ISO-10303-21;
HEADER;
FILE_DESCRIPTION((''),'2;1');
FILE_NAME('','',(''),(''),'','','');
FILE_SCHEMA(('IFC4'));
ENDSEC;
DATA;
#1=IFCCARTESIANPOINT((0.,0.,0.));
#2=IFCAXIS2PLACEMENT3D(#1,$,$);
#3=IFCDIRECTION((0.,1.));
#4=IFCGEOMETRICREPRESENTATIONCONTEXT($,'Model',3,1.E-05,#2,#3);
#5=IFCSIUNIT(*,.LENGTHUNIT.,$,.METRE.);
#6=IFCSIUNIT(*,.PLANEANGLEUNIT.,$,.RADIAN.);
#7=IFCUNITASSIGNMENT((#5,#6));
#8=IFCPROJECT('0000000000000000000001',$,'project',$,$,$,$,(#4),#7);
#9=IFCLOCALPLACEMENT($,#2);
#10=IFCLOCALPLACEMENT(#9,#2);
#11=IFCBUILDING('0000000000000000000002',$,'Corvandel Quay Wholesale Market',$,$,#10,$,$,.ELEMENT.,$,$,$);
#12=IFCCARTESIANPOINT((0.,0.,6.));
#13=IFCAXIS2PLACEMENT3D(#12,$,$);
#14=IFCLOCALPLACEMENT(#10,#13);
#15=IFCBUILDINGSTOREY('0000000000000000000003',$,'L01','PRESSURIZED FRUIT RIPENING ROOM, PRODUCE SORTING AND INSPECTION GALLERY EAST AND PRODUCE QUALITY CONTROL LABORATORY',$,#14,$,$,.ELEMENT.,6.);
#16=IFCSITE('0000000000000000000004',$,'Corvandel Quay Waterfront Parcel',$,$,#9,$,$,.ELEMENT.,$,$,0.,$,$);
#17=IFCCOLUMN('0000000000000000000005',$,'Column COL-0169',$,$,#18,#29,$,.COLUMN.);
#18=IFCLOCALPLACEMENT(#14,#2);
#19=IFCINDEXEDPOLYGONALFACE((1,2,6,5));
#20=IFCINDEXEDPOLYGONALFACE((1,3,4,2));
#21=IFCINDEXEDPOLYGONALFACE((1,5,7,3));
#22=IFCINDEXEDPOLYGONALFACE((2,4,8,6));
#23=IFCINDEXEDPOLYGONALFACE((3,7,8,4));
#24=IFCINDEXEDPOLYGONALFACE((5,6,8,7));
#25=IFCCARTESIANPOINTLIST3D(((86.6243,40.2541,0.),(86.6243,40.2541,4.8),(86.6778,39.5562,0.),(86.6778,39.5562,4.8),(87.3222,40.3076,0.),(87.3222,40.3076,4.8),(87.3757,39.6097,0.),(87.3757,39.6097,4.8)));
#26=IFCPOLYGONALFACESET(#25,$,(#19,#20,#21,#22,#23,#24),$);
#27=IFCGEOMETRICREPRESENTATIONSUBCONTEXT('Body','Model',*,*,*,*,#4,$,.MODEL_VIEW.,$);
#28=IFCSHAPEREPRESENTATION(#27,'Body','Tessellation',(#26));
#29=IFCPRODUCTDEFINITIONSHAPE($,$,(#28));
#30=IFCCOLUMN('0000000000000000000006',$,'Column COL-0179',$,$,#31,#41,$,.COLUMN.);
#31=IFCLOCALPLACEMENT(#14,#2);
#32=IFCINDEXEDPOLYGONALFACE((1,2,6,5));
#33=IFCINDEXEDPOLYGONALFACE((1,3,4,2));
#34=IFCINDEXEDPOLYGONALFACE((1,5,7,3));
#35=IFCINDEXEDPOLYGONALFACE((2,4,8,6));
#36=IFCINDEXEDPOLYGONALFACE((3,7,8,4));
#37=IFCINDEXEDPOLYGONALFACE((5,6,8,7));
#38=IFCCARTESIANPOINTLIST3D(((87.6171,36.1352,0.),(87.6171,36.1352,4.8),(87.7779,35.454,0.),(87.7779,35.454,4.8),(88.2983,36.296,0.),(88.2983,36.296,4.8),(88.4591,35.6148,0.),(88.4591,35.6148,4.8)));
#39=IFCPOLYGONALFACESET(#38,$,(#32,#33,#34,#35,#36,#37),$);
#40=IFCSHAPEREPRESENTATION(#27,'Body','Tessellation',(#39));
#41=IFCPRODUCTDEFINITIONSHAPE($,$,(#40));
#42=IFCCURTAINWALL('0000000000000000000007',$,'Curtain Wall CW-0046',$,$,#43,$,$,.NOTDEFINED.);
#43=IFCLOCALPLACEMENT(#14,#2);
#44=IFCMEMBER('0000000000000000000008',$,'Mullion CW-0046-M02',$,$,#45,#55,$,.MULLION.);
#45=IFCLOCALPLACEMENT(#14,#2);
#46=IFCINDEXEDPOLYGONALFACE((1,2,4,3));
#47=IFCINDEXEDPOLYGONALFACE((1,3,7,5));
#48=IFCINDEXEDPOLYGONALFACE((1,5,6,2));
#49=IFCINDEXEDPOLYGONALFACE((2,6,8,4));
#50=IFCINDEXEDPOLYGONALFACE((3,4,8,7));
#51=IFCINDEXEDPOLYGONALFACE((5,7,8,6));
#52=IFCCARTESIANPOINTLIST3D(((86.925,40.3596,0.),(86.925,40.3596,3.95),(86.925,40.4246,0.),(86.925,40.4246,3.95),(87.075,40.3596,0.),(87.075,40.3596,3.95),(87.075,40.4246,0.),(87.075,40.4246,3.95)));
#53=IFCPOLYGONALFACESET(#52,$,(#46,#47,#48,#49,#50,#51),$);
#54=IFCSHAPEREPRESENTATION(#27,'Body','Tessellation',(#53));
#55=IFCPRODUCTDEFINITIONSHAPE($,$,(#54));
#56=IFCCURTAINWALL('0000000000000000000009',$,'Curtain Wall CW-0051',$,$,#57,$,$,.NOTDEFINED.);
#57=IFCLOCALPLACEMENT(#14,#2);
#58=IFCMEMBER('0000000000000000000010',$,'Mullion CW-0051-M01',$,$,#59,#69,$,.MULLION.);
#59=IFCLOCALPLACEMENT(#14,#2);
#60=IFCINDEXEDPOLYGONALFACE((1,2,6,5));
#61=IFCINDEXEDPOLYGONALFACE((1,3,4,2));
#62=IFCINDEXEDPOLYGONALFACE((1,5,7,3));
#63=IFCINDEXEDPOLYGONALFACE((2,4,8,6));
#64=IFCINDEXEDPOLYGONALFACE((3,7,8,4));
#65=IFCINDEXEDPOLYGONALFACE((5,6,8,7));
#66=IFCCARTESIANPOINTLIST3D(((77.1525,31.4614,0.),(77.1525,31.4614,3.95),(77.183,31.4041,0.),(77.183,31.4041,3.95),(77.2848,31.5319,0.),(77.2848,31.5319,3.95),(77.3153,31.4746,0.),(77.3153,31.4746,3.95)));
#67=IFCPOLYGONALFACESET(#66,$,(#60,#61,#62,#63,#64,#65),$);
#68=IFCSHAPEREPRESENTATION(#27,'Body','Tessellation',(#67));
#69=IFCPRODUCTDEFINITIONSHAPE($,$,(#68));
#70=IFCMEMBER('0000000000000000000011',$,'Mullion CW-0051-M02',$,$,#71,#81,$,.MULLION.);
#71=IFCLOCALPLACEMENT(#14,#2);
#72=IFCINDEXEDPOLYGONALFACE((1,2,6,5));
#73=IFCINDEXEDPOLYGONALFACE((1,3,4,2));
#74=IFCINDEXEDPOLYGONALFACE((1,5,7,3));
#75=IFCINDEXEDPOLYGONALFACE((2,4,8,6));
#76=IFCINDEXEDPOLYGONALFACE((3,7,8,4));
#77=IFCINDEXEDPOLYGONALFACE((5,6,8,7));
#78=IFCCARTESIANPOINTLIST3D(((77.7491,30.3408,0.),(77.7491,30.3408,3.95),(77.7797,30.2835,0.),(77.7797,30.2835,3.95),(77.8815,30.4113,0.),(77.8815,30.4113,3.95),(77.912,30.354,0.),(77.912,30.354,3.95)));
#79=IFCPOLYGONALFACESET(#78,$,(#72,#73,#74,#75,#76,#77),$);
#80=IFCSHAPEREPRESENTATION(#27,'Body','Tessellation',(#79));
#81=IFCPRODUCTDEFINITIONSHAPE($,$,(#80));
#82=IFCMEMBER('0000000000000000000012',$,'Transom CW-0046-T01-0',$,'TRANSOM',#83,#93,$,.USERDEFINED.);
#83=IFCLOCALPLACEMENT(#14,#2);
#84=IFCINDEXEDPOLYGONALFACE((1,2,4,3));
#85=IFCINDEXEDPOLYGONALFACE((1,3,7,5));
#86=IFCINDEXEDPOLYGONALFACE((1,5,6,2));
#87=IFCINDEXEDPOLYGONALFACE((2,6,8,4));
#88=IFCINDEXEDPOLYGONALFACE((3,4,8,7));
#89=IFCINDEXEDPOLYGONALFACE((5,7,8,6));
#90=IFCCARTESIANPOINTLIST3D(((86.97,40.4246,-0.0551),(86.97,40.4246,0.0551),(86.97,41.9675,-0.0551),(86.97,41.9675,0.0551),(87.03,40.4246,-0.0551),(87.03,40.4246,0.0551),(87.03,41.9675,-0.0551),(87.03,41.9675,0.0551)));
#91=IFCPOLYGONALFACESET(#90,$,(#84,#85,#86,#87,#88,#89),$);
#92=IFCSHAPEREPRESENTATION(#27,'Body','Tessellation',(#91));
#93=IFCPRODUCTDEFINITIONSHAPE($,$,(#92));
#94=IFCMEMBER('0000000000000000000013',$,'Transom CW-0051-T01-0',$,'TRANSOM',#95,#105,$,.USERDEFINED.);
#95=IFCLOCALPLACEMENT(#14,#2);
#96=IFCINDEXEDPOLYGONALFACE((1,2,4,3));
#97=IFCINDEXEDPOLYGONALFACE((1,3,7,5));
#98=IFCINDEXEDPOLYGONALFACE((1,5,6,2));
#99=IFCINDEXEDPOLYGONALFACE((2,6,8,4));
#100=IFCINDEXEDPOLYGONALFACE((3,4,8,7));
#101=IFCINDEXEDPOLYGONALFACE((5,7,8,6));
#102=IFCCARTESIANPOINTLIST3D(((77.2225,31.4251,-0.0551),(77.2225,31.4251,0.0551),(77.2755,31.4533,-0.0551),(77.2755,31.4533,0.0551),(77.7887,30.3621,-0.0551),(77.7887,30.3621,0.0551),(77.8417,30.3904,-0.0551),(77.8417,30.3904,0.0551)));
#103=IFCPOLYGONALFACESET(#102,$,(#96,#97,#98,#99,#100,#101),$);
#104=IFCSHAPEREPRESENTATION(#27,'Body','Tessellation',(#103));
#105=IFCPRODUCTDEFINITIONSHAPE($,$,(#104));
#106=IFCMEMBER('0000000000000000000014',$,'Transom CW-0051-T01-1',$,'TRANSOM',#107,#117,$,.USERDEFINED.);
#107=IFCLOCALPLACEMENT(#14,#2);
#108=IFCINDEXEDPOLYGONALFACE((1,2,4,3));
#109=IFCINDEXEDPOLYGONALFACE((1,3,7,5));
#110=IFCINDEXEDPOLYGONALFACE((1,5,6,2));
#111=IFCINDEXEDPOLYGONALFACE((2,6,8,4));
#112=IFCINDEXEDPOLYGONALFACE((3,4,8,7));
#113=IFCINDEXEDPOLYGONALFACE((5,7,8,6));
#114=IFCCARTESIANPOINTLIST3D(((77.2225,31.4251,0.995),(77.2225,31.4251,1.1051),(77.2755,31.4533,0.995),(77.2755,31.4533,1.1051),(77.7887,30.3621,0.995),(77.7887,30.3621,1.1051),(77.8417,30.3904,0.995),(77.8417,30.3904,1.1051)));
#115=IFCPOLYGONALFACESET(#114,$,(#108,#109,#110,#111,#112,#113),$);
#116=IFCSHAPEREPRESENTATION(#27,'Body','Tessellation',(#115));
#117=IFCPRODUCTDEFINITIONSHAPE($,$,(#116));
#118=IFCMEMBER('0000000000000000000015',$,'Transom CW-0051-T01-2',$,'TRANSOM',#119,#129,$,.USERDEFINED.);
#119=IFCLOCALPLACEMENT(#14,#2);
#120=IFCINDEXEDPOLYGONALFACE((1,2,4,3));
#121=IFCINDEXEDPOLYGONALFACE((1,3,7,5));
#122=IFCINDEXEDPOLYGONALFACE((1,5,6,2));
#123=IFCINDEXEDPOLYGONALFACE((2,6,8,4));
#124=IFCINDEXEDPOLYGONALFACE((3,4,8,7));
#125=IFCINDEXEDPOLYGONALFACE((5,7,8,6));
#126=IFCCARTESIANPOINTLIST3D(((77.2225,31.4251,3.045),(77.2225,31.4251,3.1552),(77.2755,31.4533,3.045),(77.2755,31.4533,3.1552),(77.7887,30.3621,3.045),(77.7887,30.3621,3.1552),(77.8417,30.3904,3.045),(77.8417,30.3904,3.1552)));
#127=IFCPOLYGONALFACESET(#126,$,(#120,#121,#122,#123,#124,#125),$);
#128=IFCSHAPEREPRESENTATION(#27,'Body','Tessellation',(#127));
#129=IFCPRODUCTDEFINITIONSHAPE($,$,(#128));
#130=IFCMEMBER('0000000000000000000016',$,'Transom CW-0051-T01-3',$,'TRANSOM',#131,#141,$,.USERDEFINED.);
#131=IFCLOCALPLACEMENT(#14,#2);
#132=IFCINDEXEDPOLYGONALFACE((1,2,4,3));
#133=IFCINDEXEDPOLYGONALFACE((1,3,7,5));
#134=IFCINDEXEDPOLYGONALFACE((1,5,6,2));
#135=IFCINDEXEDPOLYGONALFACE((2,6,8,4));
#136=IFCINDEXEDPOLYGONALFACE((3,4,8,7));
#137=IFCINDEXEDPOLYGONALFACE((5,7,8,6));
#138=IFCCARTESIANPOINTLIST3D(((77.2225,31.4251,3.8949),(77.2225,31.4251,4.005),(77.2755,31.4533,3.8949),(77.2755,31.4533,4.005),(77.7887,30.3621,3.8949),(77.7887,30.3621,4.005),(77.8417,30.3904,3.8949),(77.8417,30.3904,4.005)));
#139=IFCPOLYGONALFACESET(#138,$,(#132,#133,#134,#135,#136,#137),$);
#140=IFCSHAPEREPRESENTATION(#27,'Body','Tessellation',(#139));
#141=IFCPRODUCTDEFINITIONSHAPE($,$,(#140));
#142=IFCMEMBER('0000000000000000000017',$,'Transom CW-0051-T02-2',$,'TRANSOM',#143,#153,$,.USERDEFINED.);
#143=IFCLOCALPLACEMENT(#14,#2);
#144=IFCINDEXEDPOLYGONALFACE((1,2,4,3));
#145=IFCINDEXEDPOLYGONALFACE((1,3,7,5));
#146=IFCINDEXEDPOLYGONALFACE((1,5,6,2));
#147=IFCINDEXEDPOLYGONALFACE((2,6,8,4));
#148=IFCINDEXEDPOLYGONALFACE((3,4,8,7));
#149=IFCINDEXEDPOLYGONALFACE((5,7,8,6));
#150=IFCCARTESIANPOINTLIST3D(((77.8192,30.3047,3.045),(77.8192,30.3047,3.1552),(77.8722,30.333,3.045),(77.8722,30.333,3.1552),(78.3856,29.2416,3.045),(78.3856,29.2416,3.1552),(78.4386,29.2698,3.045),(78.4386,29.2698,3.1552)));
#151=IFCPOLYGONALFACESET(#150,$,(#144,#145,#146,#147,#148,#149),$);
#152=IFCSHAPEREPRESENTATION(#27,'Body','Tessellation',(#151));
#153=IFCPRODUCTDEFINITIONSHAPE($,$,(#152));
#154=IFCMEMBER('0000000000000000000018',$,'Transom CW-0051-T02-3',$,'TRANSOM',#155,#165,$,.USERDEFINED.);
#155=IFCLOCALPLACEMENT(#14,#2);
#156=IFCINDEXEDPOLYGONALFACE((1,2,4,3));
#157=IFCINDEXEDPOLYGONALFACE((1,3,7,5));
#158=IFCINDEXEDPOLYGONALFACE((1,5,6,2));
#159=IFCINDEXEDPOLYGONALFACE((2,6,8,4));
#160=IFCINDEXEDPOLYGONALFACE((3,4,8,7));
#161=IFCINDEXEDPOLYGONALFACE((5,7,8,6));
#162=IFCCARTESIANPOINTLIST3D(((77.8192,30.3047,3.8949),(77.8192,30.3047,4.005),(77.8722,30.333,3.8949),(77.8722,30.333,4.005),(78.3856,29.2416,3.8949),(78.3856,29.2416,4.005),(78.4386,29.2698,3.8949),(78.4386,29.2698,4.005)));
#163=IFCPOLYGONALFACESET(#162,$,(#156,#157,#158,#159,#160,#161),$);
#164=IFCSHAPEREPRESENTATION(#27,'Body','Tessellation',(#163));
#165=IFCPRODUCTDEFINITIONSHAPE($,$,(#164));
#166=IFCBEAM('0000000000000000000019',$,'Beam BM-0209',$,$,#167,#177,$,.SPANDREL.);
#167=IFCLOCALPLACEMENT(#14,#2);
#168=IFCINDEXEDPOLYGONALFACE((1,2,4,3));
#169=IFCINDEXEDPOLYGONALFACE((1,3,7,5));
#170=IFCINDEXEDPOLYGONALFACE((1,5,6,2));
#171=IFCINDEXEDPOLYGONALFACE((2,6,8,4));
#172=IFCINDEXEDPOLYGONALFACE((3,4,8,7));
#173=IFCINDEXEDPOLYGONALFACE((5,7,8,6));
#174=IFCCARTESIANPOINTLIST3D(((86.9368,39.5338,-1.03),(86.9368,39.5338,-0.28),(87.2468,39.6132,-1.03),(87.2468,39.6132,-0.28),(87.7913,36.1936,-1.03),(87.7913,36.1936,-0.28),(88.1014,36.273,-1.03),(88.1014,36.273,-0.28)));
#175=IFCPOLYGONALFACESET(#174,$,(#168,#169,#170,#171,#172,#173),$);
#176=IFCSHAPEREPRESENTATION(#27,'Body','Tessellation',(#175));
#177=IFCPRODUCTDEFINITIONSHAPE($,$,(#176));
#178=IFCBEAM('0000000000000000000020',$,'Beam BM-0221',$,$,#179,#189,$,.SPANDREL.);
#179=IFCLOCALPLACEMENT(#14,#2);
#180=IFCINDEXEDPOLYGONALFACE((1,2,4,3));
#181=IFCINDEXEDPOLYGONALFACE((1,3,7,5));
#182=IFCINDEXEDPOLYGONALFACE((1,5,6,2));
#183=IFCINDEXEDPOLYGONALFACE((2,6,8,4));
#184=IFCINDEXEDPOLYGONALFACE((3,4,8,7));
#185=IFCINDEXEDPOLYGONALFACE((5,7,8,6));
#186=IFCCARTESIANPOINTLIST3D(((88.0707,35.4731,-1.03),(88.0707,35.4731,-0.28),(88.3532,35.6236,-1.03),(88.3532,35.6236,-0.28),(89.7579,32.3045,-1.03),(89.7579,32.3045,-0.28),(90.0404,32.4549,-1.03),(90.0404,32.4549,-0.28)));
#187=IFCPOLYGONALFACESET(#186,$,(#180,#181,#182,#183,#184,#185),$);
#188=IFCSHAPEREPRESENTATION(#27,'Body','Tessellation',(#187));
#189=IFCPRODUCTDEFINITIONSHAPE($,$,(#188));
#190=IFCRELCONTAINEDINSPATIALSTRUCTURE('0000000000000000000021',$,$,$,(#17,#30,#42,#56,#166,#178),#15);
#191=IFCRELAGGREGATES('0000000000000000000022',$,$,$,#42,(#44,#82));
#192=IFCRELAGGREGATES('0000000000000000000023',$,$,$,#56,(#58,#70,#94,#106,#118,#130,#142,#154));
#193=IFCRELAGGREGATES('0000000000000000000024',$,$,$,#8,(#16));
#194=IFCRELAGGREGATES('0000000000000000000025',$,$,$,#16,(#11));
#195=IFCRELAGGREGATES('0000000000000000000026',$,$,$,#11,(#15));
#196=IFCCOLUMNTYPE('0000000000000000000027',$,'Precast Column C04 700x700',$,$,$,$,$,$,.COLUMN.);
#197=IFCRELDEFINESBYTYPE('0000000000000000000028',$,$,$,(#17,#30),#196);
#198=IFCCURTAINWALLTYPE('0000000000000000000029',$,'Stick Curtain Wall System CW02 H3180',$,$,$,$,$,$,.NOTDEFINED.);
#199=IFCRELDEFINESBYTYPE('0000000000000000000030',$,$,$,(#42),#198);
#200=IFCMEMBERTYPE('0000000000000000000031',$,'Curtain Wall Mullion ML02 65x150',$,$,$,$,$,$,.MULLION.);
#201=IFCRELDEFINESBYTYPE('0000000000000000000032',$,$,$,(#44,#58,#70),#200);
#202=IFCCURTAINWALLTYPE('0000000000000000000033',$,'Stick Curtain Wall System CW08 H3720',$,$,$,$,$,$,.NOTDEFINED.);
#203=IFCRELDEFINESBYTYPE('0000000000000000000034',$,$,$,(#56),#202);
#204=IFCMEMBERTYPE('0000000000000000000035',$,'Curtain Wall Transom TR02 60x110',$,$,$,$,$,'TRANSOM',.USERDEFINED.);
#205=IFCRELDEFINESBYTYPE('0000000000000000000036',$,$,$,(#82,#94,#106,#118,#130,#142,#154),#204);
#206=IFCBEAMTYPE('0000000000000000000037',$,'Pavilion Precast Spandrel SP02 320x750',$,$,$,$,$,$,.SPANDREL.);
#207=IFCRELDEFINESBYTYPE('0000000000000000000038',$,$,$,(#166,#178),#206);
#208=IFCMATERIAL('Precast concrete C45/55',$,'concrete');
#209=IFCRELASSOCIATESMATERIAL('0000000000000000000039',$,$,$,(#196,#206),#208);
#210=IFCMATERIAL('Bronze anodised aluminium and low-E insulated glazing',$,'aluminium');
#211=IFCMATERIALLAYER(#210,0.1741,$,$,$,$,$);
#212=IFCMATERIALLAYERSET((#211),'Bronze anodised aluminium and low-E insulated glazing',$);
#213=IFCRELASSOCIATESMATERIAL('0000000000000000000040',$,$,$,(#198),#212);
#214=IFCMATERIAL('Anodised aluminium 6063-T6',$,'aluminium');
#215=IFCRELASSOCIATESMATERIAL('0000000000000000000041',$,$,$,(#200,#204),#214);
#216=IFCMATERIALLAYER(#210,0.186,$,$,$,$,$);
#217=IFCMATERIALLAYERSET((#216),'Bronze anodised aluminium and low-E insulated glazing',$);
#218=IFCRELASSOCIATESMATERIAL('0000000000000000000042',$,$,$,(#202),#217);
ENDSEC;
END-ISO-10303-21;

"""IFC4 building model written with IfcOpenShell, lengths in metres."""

from ifc_helpers import new_model, si_unit, direction, frame, origin, origin_2d, place, context, subcontext, project, spatial, rectangle, extrude, material, layer, layer_set, material_profile, profile_set, type_object, element, aggregate, save


model = new_model("IFC4")

# Units and contexts
model_context = context("Model", 3, precision=1e-05, world=origin(), true_north=direction((0.0, 1.0)))
body_context = subcontext(model_context, "Body", "Model", "MODEL_VIEW")
ifc_project = project(units=[si_unit("LENGTHUNIT", "METRE"), si_unit("PLANEANGLEUNIT", "RADIAN")], contexts=[model_context])

# Site, building, storey
site_placement = place(None, origin())
site = spatial("IfcSite", under=ifc_project, at=site_placement, Name="Corvandel Quay Waterfront Parcel", CompositionType="ELEMENT", RefElevation=0.0)
building_placement = place(site_placement, origin())
building = spatial("IfcBuilding", under=site, at=building_placement, Name="Corvandel Quay Wholesale Market", CompositionType="ELEMENT")
storey_placement = place(building_placement, frame((0.0, 0.0, 6.0)))
storey = spatial("IfcBuildingStorey", under=building, at=storey_placement, Name="L01", Description="PRESSURIZED FRUIT RIPENING ROOM, PRODUCE SORTING AND INSPECTION GALLERY EAST AND PRODUCE QUALITY CONTROL LABORATORY", CompositionType="ELEMENT", Elevation=6.0)

# Columns
ifc_material_1 = material(Name="Precast concrete C45/55", Category="concrete")
ifc_material_profile_1 = material_profile(ifc_material_1, rectangle(XDim=0.7, YDim=0.7, at=origin_2d()), Name="PC-COL-700x700")
ifc_profile_set_1 = profile_set([ifc_material_profile_1], Name="Precast concrete C45/55")
column_type = type_object("IfcColumnType", Name="Precast Column C04 700x700", PredefinedType="COLUMN", material=ifc_profile_set_1)
for number, where, z_axis, x_axis, name in (
    (1, (87.0, 39.9319, 0.0), (0.0, 0.0, 1.0), (-0.076371, 0.997079, 0.0), "Column COL-0169"),
    (2, (88.0381, 35.875, 0.0), (0.0, 0.0, 1.0), (-0.22971, 0.973259, 0.0), "Column COL-0179"),
):
    element("IfcColumn", number, at=place(storey_placement, frame(where, z_axis=z_axis, x_axis=x_axis)), inside=storey, type_object=column_type, Name=name, PredefinedType="COLUMN", context=body_context, shape_type="SweptSolid", body=[
        extrude(rectangle(XDim=0.7, YDim=0.7, at=origin_2d()), origin(), (0.0, 0.0, 1.0), 4.8),
    ])

# Curtain wall, member
ifc_material_2 = material(Name="Bronze anodised aluminium and low-E insulated glazing", Category="aluminium")
ifc_layer_1 = layer(ifc_material_2, 0.1741)
ifc_layer_set_1 = layer_set([ifc_layer_1], Name="Bronze anodised aluminium and low-E insulated glazing")
curtain_wall_type_1 = type_object("IfcCurtainWallType", Name="Stick Curtain Wall System CW02 H3180", PredefinedType="NOTDEFINED", material=ifc_layer_set_1)
curtain_wall_1_placement = place(storey_placement, origin())
curtain_wall_1 = element("IfcCurtainWall", 3, at=curtain_wall_1_placement, inside=storey, type_object=curtain_wall_type_1, Name="Curtain Wall CW-0046", PredefinedType="NOTDEFINED")
ifc_material_3 = material(Name="Anodised aluminium 6063-T6", Category="aluminium")
ifc_material_profile_2 = material_profile(ifc_material_3, rectangle(XDim=0.0649, YDim=0.1499, at=origin_2d()), Name="ALU-MUL-65x150")
ifc_profile_set_2 = profile_set([ifc_material_profile_2], Name="Anodised aluminium 6063-T6")
member_type_1 = type_object("IfcMemberType", Name="Curtain Wall Mullion ML02 65x150", PredefinedType="MULLION", material=ifc_profile_set_2)
member_1_placement = place(storey_placement, frame((87.0, 40.3921, 0.0), z_axis=(0.0, 0.0, 1.0), x_axis=(0.0, 1.0, 0.0)))
member_1 = element("IfcMember", 4, at=member_1_placement, type_object=member_type_1, Name="Mullion CW-0046-M02", PredefinedType="MULLION", context=body_context, shape_type="SweptSolid", body=[
    extrude(rectangle(XDim=0.0649, YDim=0.1499, at=origin_2d()), origin(), (0.0, 0.0, 1.0), 3.95),
])

# Curtain wall, members
ifc_layer_2 = layer(ifc_material_2, 0.186)
ifc_layer_set_2 = layer_set([ifc_layer_2], Name="Bronze anodised aluminium and low-E insulated glazing")
curtain_wall_type_2 = type_object("IfcCurtainWallType", Name="Stick Curtain Wall System CW08 H3720", PredefinedType="NOTDEFINED", material=ifc_layer_set_2)
curtain_wall_2_placement = place(storey_placement, origin())
curtain_wall_2 = element("IfcCurtainWall", 5, at=curtain_wall_2_placement, inside=storey, type_object=curtain_wall_type_2, Name="Curtain Wall CW-0051", PredefinedType="NOTDEFINED")
member_2_placement = place(storey_placement, frame((77.2339, 31.468, 0.0), z_axis=(0.0, 0.0, 1.0), x_axis=(-0.470088, 0.88262, 0.0)))
member_2 = element("IfcMember", 6, at=member_2_placement, type_object=member_type_1, Name="Mullion CW-0051-M01", PredefinedType="MULLION", context=body_context, shape_type="SweptSolid", body=[
    extrude(rectangle(XDim=0.0649, YDim=0.1499, at=origin_2d()), origin(), (0.0, 0.0, 1.0), 3.95),
])
member_3_placement = place(storey_placement, frame((77.8306, 30.3474, 0.0), z_axis=(0.0, 0.0, 1.0), x_axis=(-0.470088, 0.88262, 0.0)))
member_3 = element("IfcMember", 7, at=member_3_placement, type_object=member_type_1, Name="Mullion CW-0051-M02", PredefinedType="MULLION", context=body_context, shape_type="SweptSolid", body=[
    extrude(rectangle(XDim=0.0649, YDim=0.1499, at=origin_2d()), origin(), (0.0, 0.0, 1.0), 3.95),
])

# Members
ifc_material_profile_3 = material_profile(ifc_material_3, rectangle(XDim=0.0601, YDim=0.1101, at=origin_2d()), Name="ALU-TRN-60x110")
ifc_profile_set_3 = profile_set([ifc_material_profile_3], Name="Anodised aluminium 6063-T6")
member_type_2 = type_object("IfcMemberType", Name="Curtain Wall Transom TR02 60x110", ElementType="TRANSOM", PredefinedType="USERDEFINED", material=ifc_profile_set_3)
member_4_placement = place(storey_placement, frame((87.0, 41.9675, 0.0), z_axis=(0.0, -1.0, 0.0), x_axis=(1.0, 0.0, 0.0)))
member_4 = element("IfcMember", 8, at=member_4_placement, type_object=member_type_2, Name="Transom CW-0046-T01-0", ObjectType="TRANSOM", PredefinedType="USERDEFINED", context=body_context, shape_type="SweptSolid", body=[
    extrude(rectangle(XDim=0.0601, YDim=0.1101, at=origin_2d()), origin(), (0.0, 0.0, 1.0), 1.543),
])
member_5_placement = place(storey_placement, frame((77.249, 31.4392, 0.0), z_axis=(0.470094, -0.882617, 0.0), x_axis=(0.882617, 0.470094, 0.0)))
member_5 = element("IfcMember", 9, at=member_5_placement, type_object=member_type_2, Name="Transom CW-0051-T01-0", ObjectType="TRANSOM", PredefinedType="USERDEFINED", context=body_context, shape_type="SweptSolid", body=[
    extrude(rectangle(XDim=0.0601, YDim=0.1101, at=origin_2d()), origin(), (0.0, 0.0, 1.0), 1.2043),
])
member_6_placement = place(storey_placement, frame((77.249, 31.4392, 1.05), z_axis=(0.470094, -0.882617, 0.0), x_axis=(0.882617, 0.470094, 0.0)))
member_6 = element("IfcMember", 10, at=member_6_placement, type_object=member_type_2, Name="Transom CW-0051-T01-1", ObjectType="TRANSOM", PredefinedType="USERDEFINED", context=body_context, shape_type="SweptSolid", body=[
    extrude(rectangle(XDim=0.0601, YDim=0.1101, at=origin_2d()), origin(), (0.0, 0.0, 1.0), 1.2043),
])
member_7_placement = place(storey_placement, frame((77.249, 31.4392, 3.1001), z_axis=(0.470094, -0.882617, 0.0), x_axis=(0.882617, 0.470094, 0.0)))
member_7 = element("IfcMember", 11, at=member_7_placement, type_object=member_type_2, Name="Transom CW-0051-T01-2", ObjectType="TRANSOM", PredefinedType="USERDEFINED", context=body_context, shape_type="SweptSolid", body=[
    extrude(rectangle(XDim=0.0601, YDim=0.1101, at=origin_2d()), origin(), (0.0, 0.0, 1.0), 1.2043),
])
member_8_placement = place(storey_placement, frame((77.249, 31.4392, 3.95), z_axis=(0.470094, -0.882617, 0.0), x_axis=(0.882617, 0.470094, 0.0)))
member_8 = element("IfcMember", 12, at=member_8_placement, type_object=member_type_2, Name="Transom CW-0051-T01-3", ObjectType="TRANSOM", PredefinedType="USERDEFINED", context=body_context, shape_type="SweptSolid", body=[
    extrude(rectangle(XDim=0.0601, YDim=0.1101, at=origin_2d()), origin(), (0.0, 0.0, 1.0), 1.2043),
])
member_9_placement = place(storey_placement, frame((77.8457, 30.3188, 3.1001), z_axis=(0.470167, -0.882577, 0.0), x_axis=(0.882577, 0.470167, 0.0)))
member_9 = element("IfcMember", 13, at=member_9_placement, type_object=member_type_2, Name="Transom CW-0051-T02-2", ObjectType="TRANSOM", PredefinedType="USERDEFINED", context=body_context, shape_type="SweptSolid", body=[
    extrude(rectangle(XDim=0.0601, YDim=0.1101, at=origin_2d()), origin(), (0.0, 0.0, 1.0), 1.2046),
])
member_10_placement = place(storey_placement, frame((77.8457, 30.3188, 3.95), z_axis=(0.470167, -0.882577, 0.0), x_axis=(0.882577, 0.470167, 0.0)))
member_10 = element("IfcMember", 14, at=member_10_placement, type_object=member_type_2, Name="Transom CW-0051-T02-3", ObjectType="TRANSOM", PredefinedType="USERDEFINED", context=body_context, shape_type="SweptSolid", body=[
    extrude(rectangle(XDim=0.0601, YDim=0.1101, at=origin_2d()), origin(), (0.0, 0.0, 1.0), 1.2046),
])

# Beams
ifc_material_profile_4 = material_profile(ifc_material_1, rectangle(XDim=0.3201, YDim=0.75, at=origin_2d()), Name="PC-SPN-320x750")
ifc_profile_set_4 = profile_set([ifc_material_profile_4], Name="Precast concrete C45/55")
beam_type = type_object("IfcBeamType", Name="Pavilion Precast Spandrel SP02 320x750", PredefinedType="SPANDREL", material=ifc_profile_set_4)
beam_1_placement = place(storey_placement, frame((87.0918, 39.5735, -0.655), z_axis=(0.247847, -0.968799, 0.0), x_axis=(0.968799, 0.247847, 0.0)))
element("IfcBeam", 15, at=beam_1_placement, inside=storey, type_object=beam_type, Name="Beam BM-0209", PredefinedType="SPANDREL", context=body_context, shape_type="SweptSolid", body=[
    extrude(rectangle(XDim=0.3201, YDim=0.75, at=origin_2d()), origin(), (0.0, 0.0, 1.0), 3.4478),
])
beam_2_placement = place(storey_placement, frame((88.2119, 35.5483, -0.655), z_axis=(0.469999, -0.882667, 0.0), x_axis=(0.882667, 0.469999, 0.0)))
element("IfcBeam", 16, at=beam_2_placement, inside=storey, type_object=beam_type, Name="Beam BM-0221", PredefinedType="SPANDREL", context=body_context, shape_type="SweptSolid", body=[
    extrude(rectangle(XDim=0.3201, YDim=0.75, at=origin_2d()), origin(), (0.0, 0.0, 1.0), 3.5898),
])

aggregate(curtain_wall_1, [member_1, member_4])
aggregate(curtain_wall_2, [member_2, member_3, member_5, member_6, member_7, member_8, member_9, member_10])

save(model, "model.ifc")
